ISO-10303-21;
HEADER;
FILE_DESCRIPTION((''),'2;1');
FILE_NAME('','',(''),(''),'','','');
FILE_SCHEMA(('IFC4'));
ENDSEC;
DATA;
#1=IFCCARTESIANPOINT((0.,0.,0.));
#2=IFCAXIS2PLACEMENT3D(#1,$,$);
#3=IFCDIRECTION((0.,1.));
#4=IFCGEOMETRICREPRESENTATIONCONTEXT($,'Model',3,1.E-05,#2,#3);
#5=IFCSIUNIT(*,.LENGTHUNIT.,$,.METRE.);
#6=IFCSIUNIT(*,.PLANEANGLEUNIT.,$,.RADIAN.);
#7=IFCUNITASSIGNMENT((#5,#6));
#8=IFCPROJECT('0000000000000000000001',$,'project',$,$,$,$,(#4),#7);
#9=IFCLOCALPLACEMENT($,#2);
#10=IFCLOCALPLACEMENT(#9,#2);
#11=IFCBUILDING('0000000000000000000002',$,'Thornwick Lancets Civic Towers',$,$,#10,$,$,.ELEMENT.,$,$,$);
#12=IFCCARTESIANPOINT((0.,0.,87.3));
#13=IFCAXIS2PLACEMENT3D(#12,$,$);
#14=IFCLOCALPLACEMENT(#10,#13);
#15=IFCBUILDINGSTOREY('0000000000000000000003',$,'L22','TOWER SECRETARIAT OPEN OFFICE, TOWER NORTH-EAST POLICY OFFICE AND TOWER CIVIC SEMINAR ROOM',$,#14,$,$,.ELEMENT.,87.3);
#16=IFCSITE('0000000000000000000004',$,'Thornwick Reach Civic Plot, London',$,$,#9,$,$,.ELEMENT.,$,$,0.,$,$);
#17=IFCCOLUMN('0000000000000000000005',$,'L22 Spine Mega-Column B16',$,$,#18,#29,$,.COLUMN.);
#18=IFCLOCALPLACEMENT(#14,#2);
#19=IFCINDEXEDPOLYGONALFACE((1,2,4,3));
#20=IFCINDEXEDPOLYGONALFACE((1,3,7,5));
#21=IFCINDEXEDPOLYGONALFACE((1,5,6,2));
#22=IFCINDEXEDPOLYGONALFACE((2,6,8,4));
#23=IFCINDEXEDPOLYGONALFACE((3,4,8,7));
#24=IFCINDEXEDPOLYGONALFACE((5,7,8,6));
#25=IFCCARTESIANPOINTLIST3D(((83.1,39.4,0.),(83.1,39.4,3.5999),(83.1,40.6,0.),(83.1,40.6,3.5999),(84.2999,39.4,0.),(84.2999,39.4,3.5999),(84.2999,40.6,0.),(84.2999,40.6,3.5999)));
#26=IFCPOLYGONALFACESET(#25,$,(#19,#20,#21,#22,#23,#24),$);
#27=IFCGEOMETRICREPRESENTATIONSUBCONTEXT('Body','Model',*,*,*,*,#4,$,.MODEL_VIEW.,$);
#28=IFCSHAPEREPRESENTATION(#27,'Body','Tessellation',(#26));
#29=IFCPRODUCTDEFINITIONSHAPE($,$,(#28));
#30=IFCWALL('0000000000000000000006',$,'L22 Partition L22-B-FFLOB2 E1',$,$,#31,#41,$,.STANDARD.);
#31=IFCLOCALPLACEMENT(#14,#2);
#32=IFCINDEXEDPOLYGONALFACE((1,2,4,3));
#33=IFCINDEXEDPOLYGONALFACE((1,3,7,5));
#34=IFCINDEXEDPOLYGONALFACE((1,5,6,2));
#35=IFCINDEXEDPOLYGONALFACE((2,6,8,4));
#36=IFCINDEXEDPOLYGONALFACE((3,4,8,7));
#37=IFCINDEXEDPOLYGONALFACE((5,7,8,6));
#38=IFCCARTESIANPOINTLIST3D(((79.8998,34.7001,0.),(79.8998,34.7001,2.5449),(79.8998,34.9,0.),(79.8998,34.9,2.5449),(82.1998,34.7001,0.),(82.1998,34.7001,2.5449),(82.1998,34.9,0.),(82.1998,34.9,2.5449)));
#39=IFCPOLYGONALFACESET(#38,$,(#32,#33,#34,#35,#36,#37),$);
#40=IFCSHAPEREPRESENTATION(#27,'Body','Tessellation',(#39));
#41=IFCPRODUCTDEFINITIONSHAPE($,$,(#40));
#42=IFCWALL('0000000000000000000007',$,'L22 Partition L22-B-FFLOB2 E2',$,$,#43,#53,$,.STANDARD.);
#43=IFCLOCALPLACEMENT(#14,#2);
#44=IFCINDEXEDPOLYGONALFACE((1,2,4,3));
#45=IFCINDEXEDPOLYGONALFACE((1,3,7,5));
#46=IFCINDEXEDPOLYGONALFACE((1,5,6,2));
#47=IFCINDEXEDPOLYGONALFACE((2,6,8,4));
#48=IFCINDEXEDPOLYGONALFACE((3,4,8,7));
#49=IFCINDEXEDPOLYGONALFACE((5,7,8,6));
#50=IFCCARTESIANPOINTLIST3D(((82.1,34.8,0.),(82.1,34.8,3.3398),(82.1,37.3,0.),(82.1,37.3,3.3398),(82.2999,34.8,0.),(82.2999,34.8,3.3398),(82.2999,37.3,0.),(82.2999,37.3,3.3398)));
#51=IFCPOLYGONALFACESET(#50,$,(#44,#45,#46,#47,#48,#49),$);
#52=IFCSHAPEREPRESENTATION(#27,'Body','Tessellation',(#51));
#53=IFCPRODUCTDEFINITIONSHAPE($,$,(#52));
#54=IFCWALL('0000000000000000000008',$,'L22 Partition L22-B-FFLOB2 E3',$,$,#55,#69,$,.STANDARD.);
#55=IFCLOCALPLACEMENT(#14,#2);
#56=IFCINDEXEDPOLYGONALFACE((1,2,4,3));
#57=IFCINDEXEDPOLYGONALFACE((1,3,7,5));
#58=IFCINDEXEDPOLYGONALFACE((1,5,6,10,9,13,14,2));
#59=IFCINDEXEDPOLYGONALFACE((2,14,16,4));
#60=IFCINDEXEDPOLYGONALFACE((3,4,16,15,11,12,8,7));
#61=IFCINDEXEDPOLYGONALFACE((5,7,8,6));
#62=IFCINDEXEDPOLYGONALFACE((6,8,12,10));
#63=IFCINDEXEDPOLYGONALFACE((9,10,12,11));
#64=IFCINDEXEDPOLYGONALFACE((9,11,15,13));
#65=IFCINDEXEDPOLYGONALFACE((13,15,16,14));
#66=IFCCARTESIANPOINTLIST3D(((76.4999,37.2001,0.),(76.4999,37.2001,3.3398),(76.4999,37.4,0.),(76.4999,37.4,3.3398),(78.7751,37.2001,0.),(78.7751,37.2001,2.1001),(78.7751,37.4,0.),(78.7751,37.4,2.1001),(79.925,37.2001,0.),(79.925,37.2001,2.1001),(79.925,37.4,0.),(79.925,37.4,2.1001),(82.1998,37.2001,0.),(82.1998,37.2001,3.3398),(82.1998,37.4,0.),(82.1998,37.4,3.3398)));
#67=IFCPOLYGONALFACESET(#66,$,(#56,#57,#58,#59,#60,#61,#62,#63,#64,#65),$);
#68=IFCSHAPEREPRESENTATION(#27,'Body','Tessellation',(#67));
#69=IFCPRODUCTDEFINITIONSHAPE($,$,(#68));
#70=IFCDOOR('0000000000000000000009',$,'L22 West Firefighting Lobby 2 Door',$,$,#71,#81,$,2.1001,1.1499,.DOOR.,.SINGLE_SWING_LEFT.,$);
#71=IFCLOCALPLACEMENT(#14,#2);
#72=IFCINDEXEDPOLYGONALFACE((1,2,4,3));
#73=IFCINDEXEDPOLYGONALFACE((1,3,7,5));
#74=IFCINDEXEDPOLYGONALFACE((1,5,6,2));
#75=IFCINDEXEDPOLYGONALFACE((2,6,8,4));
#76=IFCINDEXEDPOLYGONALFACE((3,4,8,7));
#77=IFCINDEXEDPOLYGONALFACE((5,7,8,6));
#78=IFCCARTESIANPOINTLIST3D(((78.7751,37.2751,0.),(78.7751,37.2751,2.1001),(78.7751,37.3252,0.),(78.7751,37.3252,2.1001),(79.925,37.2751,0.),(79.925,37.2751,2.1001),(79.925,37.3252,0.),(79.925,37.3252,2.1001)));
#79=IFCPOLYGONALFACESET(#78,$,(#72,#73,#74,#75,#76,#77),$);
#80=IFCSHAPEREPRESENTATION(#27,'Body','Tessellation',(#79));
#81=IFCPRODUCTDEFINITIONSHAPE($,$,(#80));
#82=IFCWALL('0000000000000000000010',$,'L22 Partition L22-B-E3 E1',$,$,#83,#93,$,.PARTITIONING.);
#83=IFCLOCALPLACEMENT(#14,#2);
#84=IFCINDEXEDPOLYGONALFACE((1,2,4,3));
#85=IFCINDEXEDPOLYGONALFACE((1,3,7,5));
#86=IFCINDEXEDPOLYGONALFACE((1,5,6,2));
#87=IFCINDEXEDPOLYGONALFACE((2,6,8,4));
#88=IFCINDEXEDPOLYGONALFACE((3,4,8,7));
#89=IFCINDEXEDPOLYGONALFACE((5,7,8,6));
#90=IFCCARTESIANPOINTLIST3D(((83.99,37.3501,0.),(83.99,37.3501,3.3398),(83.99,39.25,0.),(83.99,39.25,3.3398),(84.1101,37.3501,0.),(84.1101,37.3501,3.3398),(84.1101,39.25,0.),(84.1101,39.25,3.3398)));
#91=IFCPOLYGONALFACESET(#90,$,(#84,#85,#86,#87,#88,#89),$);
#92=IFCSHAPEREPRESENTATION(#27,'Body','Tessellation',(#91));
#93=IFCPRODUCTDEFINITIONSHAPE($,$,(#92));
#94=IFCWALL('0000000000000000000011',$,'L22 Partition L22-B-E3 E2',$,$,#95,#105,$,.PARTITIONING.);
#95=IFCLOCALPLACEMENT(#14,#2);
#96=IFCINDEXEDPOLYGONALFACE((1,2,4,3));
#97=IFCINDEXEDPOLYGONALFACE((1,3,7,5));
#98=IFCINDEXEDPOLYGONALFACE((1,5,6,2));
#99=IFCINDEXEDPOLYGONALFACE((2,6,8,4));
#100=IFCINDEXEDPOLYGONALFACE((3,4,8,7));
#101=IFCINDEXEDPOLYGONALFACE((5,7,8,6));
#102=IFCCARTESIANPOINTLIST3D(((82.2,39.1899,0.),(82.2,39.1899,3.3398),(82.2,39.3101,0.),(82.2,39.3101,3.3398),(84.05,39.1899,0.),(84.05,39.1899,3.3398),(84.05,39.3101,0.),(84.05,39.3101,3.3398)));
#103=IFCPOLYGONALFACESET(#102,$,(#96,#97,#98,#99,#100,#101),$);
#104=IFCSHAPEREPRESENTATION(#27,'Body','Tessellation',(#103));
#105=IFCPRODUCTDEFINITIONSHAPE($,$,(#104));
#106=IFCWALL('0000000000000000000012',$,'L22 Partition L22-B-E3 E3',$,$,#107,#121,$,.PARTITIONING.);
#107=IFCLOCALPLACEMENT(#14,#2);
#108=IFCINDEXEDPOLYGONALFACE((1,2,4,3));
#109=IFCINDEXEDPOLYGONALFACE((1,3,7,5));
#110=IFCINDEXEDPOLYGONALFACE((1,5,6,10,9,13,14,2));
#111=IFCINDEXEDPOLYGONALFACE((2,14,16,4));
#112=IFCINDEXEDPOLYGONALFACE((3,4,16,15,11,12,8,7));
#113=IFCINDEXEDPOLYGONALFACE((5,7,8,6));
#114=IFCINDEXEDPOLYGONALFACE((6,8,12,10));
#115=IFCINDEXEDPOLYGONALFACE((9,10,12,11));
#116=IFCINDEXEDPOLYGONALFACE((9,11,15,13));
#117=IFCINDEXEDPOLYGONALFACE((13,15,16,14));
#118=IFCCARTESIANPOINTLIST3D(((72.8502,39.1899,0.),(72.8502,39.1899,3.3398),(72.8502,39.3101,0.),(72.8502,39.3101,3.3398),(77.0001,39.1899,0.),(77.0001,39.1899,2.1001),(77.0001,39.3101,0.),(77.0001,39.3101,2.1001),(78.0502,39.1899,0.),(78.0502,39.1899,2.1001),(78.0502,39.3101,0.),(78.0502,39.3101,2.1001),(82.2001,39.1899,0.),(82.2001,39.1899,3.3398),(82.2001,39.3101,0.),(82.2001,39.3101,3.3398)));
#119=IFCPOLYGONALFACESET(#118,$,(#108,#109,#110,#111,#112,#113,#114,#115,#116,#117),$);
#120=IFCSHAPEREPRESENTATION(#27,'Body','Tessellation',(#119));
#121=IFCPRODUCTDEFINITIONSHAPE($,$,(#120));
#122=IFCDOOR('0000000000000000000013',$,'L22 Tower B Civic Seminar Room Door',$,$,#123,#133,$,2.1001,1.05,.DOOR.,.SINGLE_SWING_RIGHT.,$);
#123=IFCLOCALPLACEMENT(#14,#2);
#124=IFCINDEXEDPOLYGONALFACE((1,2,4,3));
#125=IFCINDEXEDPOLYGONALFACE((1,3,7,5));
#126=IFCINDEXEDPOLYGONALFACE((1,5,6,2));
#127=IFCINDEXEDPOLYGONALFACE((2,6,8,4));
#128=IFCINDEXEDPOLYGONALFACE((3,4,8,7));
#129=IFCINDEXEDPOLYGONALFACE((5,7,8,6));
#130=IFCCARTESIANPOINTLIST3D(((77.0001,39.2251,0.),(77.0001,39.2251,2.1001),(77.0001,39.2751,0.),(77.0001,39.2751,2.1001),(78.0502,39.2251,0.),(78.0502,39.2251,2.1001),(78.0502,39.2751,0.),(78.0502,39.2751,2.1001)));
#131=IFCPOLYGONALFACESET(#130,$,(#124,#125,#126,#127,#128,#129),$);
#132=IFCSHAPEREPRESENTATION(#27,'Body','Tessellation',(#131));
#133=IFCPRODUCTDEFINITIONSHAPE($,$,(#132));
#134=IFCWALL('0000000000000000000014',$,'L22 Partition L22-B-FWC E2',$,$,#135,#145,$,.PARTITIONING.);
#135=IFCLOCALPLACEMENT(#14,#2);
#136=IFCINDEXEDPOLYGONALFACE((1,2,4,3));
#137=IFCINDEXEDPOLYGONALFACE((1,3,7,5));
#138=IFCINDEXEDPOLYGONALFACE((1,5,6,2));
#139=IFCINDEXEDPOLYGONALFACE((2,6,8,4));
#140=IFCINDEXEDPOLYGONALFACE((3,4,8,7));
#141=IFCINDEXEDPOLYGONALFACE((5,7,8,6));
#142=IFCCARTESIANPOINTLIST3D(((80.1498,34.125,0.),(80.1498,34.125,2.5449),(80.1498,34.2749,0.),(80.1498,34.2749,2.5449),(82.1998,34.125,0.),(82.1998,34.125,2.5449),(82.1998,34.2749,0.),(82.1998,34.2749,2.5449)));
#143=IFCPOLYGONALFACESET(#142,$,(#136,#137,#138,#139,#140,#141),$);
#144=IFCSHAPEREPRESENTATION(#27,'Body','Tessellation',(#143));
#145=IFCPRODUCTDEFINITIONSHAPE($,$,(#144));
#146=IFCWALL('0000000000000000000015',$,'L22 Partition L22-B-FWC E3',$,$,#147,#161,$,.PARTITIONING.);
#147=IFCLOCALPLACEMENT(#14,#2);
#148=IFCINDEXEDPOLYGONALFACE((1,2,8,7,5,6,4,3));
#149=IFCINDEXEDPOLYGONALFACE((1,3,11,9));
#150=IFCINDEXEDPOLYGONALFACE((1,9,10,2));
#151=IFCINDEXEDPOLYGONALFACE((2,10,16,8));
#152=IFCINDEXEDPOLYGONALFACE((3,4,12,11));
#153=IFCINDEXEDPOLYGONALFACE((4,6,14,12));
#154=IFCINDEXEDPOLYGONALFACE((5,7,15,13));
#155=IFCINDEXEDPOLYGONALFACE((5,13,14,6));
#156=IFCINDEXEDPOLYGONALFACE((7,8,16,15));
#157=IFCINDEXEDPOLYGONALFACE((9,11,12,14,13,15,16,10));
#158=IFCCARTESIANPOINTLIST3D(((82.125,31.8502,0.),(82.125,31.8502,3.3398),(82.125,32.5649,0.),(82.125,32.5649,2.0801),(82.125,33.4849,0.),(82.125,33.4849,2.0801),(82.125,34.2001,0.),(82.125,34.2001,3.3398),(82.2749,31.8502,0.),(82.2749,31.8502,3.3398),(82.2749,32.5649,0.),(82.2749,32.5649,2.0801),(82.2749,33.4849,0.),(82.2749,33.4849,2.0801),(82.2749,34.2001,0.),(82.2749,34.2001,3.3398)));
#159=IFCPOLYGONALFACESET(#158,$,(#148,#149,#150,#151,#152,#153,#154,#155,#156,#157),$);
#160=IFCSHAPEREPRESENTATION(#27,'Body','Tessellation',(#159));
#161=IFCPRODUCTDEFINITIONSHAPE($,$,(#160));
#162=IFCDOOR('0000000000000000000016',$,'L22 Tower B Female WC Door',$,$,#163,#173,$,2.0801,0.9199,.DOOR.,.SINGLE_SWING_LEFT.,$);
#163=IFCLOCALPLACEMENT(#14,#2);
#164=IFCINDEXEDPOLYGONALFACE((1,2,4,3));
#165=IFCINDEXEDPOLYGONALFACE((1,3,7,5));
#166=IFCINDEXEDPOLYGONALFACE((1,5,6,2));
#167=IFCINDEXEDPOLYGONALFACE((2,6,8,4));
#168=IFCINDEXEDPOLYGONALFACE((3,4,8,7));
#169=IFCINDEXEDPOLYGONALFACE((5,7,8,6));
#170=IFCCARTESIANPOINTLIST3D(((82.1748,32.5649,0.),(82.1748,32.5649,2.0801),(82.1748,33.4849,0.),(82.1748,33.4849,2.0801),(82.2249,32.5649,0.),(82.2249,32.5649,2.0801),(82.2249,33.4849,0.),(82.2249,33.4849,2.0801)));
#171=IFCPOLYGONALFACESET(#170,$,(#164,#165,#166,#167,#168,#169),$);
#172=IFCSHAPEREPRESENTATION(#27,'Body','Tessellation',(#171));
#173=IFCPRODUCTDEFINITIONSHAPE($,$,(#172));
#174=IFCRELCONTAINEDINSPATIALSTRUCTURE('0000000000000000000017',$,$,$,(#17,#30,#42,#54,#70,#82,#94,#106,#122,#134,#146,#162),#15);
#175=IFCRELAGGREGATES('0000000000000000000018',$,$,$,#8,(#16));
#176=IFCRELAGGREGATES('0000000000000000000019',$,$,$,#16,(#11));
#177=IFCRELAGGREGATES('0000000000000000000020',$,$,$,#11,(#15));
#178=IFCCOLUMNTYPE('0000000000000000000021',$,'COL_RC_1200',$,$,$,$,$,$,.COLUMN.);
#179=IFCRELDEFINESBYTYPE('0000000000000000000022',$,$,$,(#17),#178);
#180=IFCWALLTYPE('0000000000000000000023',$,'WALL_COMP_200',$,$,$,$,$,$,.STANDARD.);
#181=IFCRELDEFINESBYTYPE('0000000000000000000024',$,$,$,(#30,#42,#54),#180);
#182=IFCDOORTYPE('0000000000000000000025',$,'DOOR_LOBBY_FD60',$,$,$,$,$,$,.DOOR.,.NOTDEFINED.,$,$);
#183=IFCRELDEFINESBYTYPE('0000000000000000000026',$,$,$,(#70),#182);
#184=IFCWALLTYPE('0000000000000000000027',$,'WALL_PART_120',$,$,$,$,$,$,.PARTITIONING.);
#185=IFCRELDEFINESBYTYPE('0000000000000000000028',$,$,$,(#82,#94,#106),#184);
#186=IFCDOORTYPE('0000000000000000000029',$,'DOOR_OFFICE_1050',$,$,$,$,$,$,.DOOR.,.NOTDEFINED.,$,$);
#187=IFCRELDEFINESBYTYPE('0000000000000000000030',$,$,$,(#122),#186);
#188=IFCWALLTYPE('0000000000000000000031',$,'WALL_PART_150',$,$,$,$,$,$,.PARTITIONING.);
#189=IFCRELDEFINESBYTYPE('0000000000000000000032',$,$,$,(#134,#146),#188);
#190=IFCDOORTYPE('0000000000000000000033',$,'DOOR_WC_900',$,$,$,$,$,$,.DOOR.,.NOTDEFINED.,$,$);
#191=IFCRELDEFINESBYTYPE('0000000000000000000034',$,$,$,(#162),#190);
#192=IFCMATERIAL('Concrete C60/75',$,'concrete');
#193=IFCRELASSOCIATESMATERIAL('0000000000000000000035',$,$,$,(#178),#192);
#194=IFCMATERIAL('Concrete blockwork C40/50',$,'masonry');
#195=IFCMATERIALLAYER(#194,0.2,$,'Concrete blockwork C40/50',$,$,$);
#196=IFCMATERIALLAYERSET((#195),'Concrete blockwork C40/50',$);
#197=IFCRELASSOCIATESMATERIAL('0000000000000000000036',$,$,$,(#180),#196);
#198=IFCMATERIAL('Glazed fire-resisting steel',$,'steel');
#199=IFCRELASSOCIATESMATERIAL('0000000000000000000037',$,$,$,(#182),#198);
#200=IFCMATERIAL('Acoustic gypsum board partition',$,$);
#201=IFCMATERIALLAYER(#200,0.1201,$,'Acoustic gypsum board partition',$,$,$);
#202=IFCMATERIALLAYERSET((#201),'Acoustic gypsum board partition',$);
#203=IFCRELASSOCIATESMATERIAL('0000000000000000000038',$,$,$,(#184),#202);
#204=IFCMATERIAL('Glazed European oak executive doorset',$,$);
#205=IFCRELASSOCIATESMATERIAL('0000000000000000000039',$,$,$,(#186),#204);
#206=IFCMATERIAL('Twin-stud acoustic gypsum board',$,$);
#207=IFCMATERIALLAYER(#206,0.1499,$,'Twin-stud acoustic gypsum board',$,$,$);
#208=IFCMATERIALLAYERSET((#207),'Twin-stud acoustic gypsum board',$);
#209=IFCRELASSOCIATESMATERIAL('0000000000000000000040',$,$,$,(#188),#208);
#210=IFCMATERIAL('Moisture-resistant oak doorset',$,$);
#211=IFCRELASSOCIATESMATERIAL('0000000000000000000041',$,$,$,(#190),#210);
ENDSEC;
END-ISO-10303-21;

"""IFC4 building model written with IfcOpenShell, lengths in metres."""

from ifc_helpers import new_model, si_unit, direction, frame, frame_2d, origin, origin_2d, place, context, subcontext, project, spatial, rectangle, extrude, material, layer, layer_set, material_profile, profile_set, type_object, element, fill, save


model = new_model("IFC4")

# Units and contexts
model_context = context("Model", 3, precision=1e-05, world=origin(), true_north=direction((0.0, 1.0)))
body_context = subcontext(model_context, "Body", "Model", "MODEL_VIEW")
ifc_project = project(units=[si_unit("LENGTHUNIT", "METRE"), si_unit("PLANEANGLEUNIT", "RADIAN")], contexts=[model_context])

# Site, building, storey
site_placement = place(None, origin())
site = spatial("IfcSite", under=ifc_project, at=site_placement, Name="Thornwick Reach Civic Plot, London", CompositionType="ELEMENT", RefElevation=0.0)
building_placement = place(site_placement, origin())
building = spatial("IfcBuilding", under=site, at=building_placement, Name="Thornwick Lancets Civic Towers", CompositionType="ELEMENT")
storey_placement = place(building_placement, frame((0.0, 0.0, 87.3)))
storey = spatial("IfcBuildingStorey", under=building, at=storey_placement, Name="L22", Description="TOWER SECRETARIAT OPEN OFFICE, TOWER NORTH-EAST POLICY OFFICE AND TOWER CIVIC SEMINAR ROOM", CompositionType="ELEMENT", Elevation=87.3)

# Column
ifc_material_1 = material(Name="Concrete C60/75", Category="concrete")
ifc_material_profile = material_profile(ifc_material_1, rectangle(XDim=1.2, YDim=1.2, at=origin_2d()), Name="RC 1200x1200")
ifc_profile_set = profile_set([ifc_material_profile], Name="Concrete C60/75")
column_type = type_object("IfcColumnType", Name="COL_RC_1200", PredefinedType="COLUMN", material=ifc_profile_set)
column_placement = place(storey_placement, frame((83.7, 40.0, 0.0), z_axis=(0.0, 0.0, 1.0), x_axis=(1.0, 0.0, 0.0)))
element("IfcColumn", 1, at=column_placement, inside=storey, type_object=column_type, Name="L22 Spine Mega-Column B16", PredefinedType="COLUMN", context=body_context, shape_type="SweptSolid", body=[
    extrude(rectangle(XDim=1.2, YDim=1.2, at=origin_2d()), origin(), (0.0, 0.0, 1.0), 3.5999),
])

# Walls
ifc_material_2 = material(Name="Concrete blockwork C40/50", Category="masonry")
ifc_layer_1 = layer(ifc_material_2, 0.2, Name="Concrete blockwork C40/50")
ifc_layer_set_1 = layer_set([ifc_layer_1], Name="Concrete blockwork C40/50")
wall_type_1 = type_object("IfcWallType", Name="WALL_COMP_200", PredefinedType="STANDARD", material=ifc_layer_set_1)
wall_1_placement = place(storey_placement, frame((79.8999, 34.8, 0.0), z_axis=(0.0, 0.0, 1.0), x_axis=(1.0, 0.0, 0.0)))
element("IfcWall", 2, at=wall_1_placement, inside=storey, type_object=wall_type_1, Name="L22 Partition L22-B-FFLOB2 E1", PredefinedType="STANDARD", context=body_context, shape_type="SweptSolid", body=[
    extrude(rectangle(XDim=2.3, YDim=0.2, at=frame_2d((1.1499, 0.0))), origin(), (0.0, 0.0, 1.0), 2.5449),
])
wall_2_placement = place(storey_placement, frame((82.2, 34.8, 0.0), z_axis=(0.0, 0.0, 1.0), x_axis=(0.0, 1.0, 0.0)))
element("IfcWall", 3, at=wall_2_placement, inside=storey, type_object=wall_type_1, Name="L22 Partition L22-B-FFLOB2 E2", PredefinedType="STANDARD", context=body_context, shape_type="SweptSolid", body=[
    extrude(rectangle(XDim=2.5, YDim=0.2, at=frame_2d((1.25, 0.0))), origin(), (0.0, 0.0, 1.0), 3.3398),
])

# Wall, opening, door
wall_3_placement = place(storey_placement, frame((82.2, 37.3, 0.0), z_axis=(0.0, 0.0, 1.0), x_axis=(-1.0, 0.0, 0.0)))
wall_3 = element("IfcWall", 4, at=wall_3_placement, inside=storey, type_object=wall_type_1, Name="L22 Partition L22-B-FFLOB2 E3", PredefinedType="STANDARD", context=body_context, shape_type="SweptSolid", body=[
    extrude(rectangle(XDim=5.7, YDim=0.2, at=frame_2d((2.8501, 0.0))), origin(), (0.0, 0.0, 1.0), 3.3398),
])
opening_1_placement = place(wall_3_placement, frame((2.2749, 0.0, 0.0)))
opening_1 = element("IfcOpeningElement", 5, at=opening_1_placement, cuts=wall_3, PredefinedType="OPENING", context=body_context, shape_type="SweptSolid", body=[
    extrude(rectangle(XDim=1.1499, YDim=2.1001, at=frame_2d((0.575, 1.05))), frame((0.0, 0.1099, 0.0), z_axis=(0.0, -1.0, 0.0), x_axis=(1.0, 0.0, 0.0)), (0.0, 0.0, 1.0), 0.22),
])
ifc_material_3 = material(Name="Glazed fire-resisting steel", Category="steel")
door_type_1 = type_object("IfcDoorType", Name="DOOR_LOBBY_FD60", OperationType="NOTDEFINED", PredefinedType="DOOR", material=ifc_material_3)
door_1_placement = place(opening_1_placement, origin())
door_1 = element("IfcDoor", 6, at=door_1_placement, inside=storey, type_object=door_type_1, Name="L22 West Firefighting Lobby 2 Door", OperationType="SINGLE_SWING_LEFT", OverallHeight=2.1001, OverallWidth=1.1499, PredefinedType="DOOR", context=body_context, shape_type="SweptSolid", body=[
    extrude(rectangle(XDim=1.1499, YDim=2.1001, at=frame_2d((0.575, 1.05))), frame((0.0, 0.0249, 0.0), z_axis=(0.0, -1.0, 0.0), x_axis=(1.0, 0.0, 0.0)), (0.0, 0.0, 1.0), 0.05),
])
fill(opening_1, door_1)

# Walls
ifc_material_4 = material(Name="Acoustic gypsum board partition")
ifc_layer_2 = layer(ifc_material_4, 0.1201, Name="Acoustic gypsum board partition")
ifc_layer_set_2 = layer_set([ifc_layer_2], Name="Acoustic gypsum board partition")
wall_type_2 = type_object("IfcWallType", Name="WALL_PART_120", PredefinedType="PARTITIONING", material=ifc_layer_set_2)
wall_4_placement = place(storey_placement, frame((84.05, 37.3501, 0.0), z_axis=(0.0, 0.0, 1.0), x_axis=(0.0, 1.0, 0.0)))
element("IfcWall", 7, at=wall_4_placement, inside=storey, type_object=wall_type_2, Name="L22 Partition L22-B-E3 E1", PredefinedType="PARTITIONING", context=body_context, shape_type="SweptSolid", body=[
    extrude(rectangle(XDim=1.8999, YDim=0.1201, at=frame_2d((0.95, 0.0))), origin(), (0.0, 0.0, 1.0), 3.3398),
])
wall_5_placement = place(storey_placement, frame((84.05, 39.25, 0.0), z_axis=(0.0, 0.0, 1.0), x_axis=(-1.0, 0.0, 0.0)))
element("IfcWall", 8, at=wall_5_placement, inside=storey, type_object=wall_type_2, Name="L22 Partition L22-B-E3 E2", PredefinedType="PARTITIONING", context=body_context, shape_type="SweptSolid", body=[
    extrude(rectangle(XDim=1.8501, YDim=0.1201, at=frame_2d((0.925, 0.0))), origin(), (0.0, 0.0, 1.0), 3.3398),
])

# Wall, opening, door
wall_6_placement = place(storey_placement, frame((82.2, 39.25, 0.0), z_axis=(0.0, 0.0, 1.0), x_axis=(-1.0, 0.0, 0.0)))
wall_6 = element("IfcWall", 9, at=wall_6_placement, inside=storey, type_object=wall_type_2, Name="L22 Partition L22-B-E3 E3", PredefinedType="PARTITIONING", context=body_context, shape_type="SweptSolid", body=[
    extrude(rectangle(XDim=9.3499, YDim=0.1201, at=frame_2d((4.6748, 0.0))), origin(), (0.0, 0.0, 1.0), 3.3398),
])
opening_2_placement = place(wall_6_placement, frame((4.1499, 0.0, 0.0)))
opening_2 = element("IfcOpeningElement", 10, at=opening_2_placement, cuts=wall_6, PredefinedType="OPENING", context=body_context, shape_type="SweptSolid", body=[
    extrude(rectangle(XDim=1.05, YDim=2.1001, at=frame_2d((0.5249, 1.05))), frame((0.0, 0.0701, 0.0), z_axis=(0.0, -1.0, 0.0), x_axis=(1.0, 0.0, 0.0)), (0.0, 0.0, 1.0), 0.1401),
])
ifc_material_5 = material(Name="Glazed European oak executive doorset")
door_type_2 = type_object("IfcDoorType", Name="DOOR_OFFICE_1050", OperationType="NOTDEFINED", PredefinedType="DOOR", material=ifc_material_5)
door_2_placement = place(opening_2_placement, origin())
door_2 = element("IfcDoor", 11, at=door_2_placement, inside=storey, type_object=door_type_2, Name="L22 Tower B Civic Seminar Room Door", OperationType="SINGLE_SWING_RIGHT", OverallHeight=2.1001, OverallWidth=1.05, PredefinedType="DOOR", context=body_context, shape_type="SweptSolid", body=[
    extrude(rectangle(XDim=1.05, YDim=2.1001, at=frame_2d((0.5249, 1.05))), frame((0.0, 0.0249, 0.0), z_axis=(0.0, -1.0, 0.0), x_axis=(1.0, 0.0, 0.0)), (0.0, 0.0, 1.0), 0.05),
])
fill(opening_2, door_2)

# Wall
ifc_material_6 = material(Name="Twin-stud acoustic gypsum board")
ifc_layer_3 = layer(ifc_material_6, 0.1499, Name="Twin-stud acoustic gypsum board")
ifc_layer_set_3 = layer_set([ifc_layer_3], Name="Twin-stud acoustic gypsum board")
wall_type_3 = type_object("IfcWallType", Name="WALL_PART_150", PredefinedType="PARTITIONING", material=ifc_layer_set_3)
wall_7_placement = place(storey_placement, frame((80.1499, 34.2, 0.0), z_axis=(0.0, 0.0, 1.0), x_axis=(1.0, 0.0, 0.0)))
element("IfcWall", 12, at=wall_7_placement, inside=storey, type_object=wall_type_3, Name="L22 Partition L22-B-FWC E2", PredefinedType="PARTITIONING", context=body_context, shape_type="SweptSolid", body=[
    extrude(rectangle(XDim=2.05, YDim=0.1499, at=frame_2d((1.0249, 0.0))), origin(), (0.0, 0.0, 1.0), 2.5449),
])

# Wall, opening, door
wall_8_placement = place(storey_placement, frame((82.2, 34.2, 0.0), z_axis=(0.0, 0.0, 1.0), x_axis=(0.0, -1.0, 0.0)))
wall_8 = element("IfcWall", 13, at=wall_8_placement, inside=storey, type_object=wall_type_3, Name="L22 Partition L22-B-FWC E3", PredefinedType="PARTITIONING", context=body_context, shape_type="SweptSolid", body=[
    extrude(rectangle(XDim=2.3499, YDim=0.1499, at=frame_2d((1.1748, 0.0))), origin(), (0.0, 0.0, 1.0), 3.3398),
])
opening_3_placement = place(wall_8_placement, frame((0.7151, 0.0, 0.0)))
opening_3 = element("IfcOpeningElement", 14, at=opening_3_placement, cuts=wall_8, PredefinedType="OPENING", context=body_context, shape_type="SweptSolid", body=[
    extrude(rectangle(XDim=0.9199, YDim=2.0801, at=frame_2d((0.46, 1.04))), frame((0.0, 0.085, 0.0), z_axis=(0.0, -1.0, 0.0), x_axis=(1.0, 0.0, 0.0)), (0.0, 0.0, 1.0), 0.1699),
])
ifc_material_7 = material(Name="Moisture-resistant oak doorset")
door_type_3 = type_object("IfcDoorType", Name="DOOR_WC_900", OperationType="NOTDEFINED", PredefinedType="DOOR", material=ifc_material_7)
door_3_placement = place(opening_3_placement, origin())
door_3 = element("IfcDoor", 15, at=door_3_placement, inside=storey, type_object=door_type_3, Name="L22 Tower B Female WC Door", OperationType="SINGLE_SWING_LEFT", OverallHeight=2.0801, OverallWidth=0.9199, PredefinedType="DOOR", context=body_context, shape_type="SweptSolid", body=[
    extrude(rectangle(XDim=0.9199, YDim=2.0801, at=frame_2d((0.46, 1.04))), frame((0.0, 0.0249, 0.0), z_axis=(0.0, -1.0, 0.0), x_axis=(1.0, 0.0, 0.0)), (0.0, 0.0, 1.0), 0.05),
])
fill(opening_3, door_3)

save(model, "model.ifc")
